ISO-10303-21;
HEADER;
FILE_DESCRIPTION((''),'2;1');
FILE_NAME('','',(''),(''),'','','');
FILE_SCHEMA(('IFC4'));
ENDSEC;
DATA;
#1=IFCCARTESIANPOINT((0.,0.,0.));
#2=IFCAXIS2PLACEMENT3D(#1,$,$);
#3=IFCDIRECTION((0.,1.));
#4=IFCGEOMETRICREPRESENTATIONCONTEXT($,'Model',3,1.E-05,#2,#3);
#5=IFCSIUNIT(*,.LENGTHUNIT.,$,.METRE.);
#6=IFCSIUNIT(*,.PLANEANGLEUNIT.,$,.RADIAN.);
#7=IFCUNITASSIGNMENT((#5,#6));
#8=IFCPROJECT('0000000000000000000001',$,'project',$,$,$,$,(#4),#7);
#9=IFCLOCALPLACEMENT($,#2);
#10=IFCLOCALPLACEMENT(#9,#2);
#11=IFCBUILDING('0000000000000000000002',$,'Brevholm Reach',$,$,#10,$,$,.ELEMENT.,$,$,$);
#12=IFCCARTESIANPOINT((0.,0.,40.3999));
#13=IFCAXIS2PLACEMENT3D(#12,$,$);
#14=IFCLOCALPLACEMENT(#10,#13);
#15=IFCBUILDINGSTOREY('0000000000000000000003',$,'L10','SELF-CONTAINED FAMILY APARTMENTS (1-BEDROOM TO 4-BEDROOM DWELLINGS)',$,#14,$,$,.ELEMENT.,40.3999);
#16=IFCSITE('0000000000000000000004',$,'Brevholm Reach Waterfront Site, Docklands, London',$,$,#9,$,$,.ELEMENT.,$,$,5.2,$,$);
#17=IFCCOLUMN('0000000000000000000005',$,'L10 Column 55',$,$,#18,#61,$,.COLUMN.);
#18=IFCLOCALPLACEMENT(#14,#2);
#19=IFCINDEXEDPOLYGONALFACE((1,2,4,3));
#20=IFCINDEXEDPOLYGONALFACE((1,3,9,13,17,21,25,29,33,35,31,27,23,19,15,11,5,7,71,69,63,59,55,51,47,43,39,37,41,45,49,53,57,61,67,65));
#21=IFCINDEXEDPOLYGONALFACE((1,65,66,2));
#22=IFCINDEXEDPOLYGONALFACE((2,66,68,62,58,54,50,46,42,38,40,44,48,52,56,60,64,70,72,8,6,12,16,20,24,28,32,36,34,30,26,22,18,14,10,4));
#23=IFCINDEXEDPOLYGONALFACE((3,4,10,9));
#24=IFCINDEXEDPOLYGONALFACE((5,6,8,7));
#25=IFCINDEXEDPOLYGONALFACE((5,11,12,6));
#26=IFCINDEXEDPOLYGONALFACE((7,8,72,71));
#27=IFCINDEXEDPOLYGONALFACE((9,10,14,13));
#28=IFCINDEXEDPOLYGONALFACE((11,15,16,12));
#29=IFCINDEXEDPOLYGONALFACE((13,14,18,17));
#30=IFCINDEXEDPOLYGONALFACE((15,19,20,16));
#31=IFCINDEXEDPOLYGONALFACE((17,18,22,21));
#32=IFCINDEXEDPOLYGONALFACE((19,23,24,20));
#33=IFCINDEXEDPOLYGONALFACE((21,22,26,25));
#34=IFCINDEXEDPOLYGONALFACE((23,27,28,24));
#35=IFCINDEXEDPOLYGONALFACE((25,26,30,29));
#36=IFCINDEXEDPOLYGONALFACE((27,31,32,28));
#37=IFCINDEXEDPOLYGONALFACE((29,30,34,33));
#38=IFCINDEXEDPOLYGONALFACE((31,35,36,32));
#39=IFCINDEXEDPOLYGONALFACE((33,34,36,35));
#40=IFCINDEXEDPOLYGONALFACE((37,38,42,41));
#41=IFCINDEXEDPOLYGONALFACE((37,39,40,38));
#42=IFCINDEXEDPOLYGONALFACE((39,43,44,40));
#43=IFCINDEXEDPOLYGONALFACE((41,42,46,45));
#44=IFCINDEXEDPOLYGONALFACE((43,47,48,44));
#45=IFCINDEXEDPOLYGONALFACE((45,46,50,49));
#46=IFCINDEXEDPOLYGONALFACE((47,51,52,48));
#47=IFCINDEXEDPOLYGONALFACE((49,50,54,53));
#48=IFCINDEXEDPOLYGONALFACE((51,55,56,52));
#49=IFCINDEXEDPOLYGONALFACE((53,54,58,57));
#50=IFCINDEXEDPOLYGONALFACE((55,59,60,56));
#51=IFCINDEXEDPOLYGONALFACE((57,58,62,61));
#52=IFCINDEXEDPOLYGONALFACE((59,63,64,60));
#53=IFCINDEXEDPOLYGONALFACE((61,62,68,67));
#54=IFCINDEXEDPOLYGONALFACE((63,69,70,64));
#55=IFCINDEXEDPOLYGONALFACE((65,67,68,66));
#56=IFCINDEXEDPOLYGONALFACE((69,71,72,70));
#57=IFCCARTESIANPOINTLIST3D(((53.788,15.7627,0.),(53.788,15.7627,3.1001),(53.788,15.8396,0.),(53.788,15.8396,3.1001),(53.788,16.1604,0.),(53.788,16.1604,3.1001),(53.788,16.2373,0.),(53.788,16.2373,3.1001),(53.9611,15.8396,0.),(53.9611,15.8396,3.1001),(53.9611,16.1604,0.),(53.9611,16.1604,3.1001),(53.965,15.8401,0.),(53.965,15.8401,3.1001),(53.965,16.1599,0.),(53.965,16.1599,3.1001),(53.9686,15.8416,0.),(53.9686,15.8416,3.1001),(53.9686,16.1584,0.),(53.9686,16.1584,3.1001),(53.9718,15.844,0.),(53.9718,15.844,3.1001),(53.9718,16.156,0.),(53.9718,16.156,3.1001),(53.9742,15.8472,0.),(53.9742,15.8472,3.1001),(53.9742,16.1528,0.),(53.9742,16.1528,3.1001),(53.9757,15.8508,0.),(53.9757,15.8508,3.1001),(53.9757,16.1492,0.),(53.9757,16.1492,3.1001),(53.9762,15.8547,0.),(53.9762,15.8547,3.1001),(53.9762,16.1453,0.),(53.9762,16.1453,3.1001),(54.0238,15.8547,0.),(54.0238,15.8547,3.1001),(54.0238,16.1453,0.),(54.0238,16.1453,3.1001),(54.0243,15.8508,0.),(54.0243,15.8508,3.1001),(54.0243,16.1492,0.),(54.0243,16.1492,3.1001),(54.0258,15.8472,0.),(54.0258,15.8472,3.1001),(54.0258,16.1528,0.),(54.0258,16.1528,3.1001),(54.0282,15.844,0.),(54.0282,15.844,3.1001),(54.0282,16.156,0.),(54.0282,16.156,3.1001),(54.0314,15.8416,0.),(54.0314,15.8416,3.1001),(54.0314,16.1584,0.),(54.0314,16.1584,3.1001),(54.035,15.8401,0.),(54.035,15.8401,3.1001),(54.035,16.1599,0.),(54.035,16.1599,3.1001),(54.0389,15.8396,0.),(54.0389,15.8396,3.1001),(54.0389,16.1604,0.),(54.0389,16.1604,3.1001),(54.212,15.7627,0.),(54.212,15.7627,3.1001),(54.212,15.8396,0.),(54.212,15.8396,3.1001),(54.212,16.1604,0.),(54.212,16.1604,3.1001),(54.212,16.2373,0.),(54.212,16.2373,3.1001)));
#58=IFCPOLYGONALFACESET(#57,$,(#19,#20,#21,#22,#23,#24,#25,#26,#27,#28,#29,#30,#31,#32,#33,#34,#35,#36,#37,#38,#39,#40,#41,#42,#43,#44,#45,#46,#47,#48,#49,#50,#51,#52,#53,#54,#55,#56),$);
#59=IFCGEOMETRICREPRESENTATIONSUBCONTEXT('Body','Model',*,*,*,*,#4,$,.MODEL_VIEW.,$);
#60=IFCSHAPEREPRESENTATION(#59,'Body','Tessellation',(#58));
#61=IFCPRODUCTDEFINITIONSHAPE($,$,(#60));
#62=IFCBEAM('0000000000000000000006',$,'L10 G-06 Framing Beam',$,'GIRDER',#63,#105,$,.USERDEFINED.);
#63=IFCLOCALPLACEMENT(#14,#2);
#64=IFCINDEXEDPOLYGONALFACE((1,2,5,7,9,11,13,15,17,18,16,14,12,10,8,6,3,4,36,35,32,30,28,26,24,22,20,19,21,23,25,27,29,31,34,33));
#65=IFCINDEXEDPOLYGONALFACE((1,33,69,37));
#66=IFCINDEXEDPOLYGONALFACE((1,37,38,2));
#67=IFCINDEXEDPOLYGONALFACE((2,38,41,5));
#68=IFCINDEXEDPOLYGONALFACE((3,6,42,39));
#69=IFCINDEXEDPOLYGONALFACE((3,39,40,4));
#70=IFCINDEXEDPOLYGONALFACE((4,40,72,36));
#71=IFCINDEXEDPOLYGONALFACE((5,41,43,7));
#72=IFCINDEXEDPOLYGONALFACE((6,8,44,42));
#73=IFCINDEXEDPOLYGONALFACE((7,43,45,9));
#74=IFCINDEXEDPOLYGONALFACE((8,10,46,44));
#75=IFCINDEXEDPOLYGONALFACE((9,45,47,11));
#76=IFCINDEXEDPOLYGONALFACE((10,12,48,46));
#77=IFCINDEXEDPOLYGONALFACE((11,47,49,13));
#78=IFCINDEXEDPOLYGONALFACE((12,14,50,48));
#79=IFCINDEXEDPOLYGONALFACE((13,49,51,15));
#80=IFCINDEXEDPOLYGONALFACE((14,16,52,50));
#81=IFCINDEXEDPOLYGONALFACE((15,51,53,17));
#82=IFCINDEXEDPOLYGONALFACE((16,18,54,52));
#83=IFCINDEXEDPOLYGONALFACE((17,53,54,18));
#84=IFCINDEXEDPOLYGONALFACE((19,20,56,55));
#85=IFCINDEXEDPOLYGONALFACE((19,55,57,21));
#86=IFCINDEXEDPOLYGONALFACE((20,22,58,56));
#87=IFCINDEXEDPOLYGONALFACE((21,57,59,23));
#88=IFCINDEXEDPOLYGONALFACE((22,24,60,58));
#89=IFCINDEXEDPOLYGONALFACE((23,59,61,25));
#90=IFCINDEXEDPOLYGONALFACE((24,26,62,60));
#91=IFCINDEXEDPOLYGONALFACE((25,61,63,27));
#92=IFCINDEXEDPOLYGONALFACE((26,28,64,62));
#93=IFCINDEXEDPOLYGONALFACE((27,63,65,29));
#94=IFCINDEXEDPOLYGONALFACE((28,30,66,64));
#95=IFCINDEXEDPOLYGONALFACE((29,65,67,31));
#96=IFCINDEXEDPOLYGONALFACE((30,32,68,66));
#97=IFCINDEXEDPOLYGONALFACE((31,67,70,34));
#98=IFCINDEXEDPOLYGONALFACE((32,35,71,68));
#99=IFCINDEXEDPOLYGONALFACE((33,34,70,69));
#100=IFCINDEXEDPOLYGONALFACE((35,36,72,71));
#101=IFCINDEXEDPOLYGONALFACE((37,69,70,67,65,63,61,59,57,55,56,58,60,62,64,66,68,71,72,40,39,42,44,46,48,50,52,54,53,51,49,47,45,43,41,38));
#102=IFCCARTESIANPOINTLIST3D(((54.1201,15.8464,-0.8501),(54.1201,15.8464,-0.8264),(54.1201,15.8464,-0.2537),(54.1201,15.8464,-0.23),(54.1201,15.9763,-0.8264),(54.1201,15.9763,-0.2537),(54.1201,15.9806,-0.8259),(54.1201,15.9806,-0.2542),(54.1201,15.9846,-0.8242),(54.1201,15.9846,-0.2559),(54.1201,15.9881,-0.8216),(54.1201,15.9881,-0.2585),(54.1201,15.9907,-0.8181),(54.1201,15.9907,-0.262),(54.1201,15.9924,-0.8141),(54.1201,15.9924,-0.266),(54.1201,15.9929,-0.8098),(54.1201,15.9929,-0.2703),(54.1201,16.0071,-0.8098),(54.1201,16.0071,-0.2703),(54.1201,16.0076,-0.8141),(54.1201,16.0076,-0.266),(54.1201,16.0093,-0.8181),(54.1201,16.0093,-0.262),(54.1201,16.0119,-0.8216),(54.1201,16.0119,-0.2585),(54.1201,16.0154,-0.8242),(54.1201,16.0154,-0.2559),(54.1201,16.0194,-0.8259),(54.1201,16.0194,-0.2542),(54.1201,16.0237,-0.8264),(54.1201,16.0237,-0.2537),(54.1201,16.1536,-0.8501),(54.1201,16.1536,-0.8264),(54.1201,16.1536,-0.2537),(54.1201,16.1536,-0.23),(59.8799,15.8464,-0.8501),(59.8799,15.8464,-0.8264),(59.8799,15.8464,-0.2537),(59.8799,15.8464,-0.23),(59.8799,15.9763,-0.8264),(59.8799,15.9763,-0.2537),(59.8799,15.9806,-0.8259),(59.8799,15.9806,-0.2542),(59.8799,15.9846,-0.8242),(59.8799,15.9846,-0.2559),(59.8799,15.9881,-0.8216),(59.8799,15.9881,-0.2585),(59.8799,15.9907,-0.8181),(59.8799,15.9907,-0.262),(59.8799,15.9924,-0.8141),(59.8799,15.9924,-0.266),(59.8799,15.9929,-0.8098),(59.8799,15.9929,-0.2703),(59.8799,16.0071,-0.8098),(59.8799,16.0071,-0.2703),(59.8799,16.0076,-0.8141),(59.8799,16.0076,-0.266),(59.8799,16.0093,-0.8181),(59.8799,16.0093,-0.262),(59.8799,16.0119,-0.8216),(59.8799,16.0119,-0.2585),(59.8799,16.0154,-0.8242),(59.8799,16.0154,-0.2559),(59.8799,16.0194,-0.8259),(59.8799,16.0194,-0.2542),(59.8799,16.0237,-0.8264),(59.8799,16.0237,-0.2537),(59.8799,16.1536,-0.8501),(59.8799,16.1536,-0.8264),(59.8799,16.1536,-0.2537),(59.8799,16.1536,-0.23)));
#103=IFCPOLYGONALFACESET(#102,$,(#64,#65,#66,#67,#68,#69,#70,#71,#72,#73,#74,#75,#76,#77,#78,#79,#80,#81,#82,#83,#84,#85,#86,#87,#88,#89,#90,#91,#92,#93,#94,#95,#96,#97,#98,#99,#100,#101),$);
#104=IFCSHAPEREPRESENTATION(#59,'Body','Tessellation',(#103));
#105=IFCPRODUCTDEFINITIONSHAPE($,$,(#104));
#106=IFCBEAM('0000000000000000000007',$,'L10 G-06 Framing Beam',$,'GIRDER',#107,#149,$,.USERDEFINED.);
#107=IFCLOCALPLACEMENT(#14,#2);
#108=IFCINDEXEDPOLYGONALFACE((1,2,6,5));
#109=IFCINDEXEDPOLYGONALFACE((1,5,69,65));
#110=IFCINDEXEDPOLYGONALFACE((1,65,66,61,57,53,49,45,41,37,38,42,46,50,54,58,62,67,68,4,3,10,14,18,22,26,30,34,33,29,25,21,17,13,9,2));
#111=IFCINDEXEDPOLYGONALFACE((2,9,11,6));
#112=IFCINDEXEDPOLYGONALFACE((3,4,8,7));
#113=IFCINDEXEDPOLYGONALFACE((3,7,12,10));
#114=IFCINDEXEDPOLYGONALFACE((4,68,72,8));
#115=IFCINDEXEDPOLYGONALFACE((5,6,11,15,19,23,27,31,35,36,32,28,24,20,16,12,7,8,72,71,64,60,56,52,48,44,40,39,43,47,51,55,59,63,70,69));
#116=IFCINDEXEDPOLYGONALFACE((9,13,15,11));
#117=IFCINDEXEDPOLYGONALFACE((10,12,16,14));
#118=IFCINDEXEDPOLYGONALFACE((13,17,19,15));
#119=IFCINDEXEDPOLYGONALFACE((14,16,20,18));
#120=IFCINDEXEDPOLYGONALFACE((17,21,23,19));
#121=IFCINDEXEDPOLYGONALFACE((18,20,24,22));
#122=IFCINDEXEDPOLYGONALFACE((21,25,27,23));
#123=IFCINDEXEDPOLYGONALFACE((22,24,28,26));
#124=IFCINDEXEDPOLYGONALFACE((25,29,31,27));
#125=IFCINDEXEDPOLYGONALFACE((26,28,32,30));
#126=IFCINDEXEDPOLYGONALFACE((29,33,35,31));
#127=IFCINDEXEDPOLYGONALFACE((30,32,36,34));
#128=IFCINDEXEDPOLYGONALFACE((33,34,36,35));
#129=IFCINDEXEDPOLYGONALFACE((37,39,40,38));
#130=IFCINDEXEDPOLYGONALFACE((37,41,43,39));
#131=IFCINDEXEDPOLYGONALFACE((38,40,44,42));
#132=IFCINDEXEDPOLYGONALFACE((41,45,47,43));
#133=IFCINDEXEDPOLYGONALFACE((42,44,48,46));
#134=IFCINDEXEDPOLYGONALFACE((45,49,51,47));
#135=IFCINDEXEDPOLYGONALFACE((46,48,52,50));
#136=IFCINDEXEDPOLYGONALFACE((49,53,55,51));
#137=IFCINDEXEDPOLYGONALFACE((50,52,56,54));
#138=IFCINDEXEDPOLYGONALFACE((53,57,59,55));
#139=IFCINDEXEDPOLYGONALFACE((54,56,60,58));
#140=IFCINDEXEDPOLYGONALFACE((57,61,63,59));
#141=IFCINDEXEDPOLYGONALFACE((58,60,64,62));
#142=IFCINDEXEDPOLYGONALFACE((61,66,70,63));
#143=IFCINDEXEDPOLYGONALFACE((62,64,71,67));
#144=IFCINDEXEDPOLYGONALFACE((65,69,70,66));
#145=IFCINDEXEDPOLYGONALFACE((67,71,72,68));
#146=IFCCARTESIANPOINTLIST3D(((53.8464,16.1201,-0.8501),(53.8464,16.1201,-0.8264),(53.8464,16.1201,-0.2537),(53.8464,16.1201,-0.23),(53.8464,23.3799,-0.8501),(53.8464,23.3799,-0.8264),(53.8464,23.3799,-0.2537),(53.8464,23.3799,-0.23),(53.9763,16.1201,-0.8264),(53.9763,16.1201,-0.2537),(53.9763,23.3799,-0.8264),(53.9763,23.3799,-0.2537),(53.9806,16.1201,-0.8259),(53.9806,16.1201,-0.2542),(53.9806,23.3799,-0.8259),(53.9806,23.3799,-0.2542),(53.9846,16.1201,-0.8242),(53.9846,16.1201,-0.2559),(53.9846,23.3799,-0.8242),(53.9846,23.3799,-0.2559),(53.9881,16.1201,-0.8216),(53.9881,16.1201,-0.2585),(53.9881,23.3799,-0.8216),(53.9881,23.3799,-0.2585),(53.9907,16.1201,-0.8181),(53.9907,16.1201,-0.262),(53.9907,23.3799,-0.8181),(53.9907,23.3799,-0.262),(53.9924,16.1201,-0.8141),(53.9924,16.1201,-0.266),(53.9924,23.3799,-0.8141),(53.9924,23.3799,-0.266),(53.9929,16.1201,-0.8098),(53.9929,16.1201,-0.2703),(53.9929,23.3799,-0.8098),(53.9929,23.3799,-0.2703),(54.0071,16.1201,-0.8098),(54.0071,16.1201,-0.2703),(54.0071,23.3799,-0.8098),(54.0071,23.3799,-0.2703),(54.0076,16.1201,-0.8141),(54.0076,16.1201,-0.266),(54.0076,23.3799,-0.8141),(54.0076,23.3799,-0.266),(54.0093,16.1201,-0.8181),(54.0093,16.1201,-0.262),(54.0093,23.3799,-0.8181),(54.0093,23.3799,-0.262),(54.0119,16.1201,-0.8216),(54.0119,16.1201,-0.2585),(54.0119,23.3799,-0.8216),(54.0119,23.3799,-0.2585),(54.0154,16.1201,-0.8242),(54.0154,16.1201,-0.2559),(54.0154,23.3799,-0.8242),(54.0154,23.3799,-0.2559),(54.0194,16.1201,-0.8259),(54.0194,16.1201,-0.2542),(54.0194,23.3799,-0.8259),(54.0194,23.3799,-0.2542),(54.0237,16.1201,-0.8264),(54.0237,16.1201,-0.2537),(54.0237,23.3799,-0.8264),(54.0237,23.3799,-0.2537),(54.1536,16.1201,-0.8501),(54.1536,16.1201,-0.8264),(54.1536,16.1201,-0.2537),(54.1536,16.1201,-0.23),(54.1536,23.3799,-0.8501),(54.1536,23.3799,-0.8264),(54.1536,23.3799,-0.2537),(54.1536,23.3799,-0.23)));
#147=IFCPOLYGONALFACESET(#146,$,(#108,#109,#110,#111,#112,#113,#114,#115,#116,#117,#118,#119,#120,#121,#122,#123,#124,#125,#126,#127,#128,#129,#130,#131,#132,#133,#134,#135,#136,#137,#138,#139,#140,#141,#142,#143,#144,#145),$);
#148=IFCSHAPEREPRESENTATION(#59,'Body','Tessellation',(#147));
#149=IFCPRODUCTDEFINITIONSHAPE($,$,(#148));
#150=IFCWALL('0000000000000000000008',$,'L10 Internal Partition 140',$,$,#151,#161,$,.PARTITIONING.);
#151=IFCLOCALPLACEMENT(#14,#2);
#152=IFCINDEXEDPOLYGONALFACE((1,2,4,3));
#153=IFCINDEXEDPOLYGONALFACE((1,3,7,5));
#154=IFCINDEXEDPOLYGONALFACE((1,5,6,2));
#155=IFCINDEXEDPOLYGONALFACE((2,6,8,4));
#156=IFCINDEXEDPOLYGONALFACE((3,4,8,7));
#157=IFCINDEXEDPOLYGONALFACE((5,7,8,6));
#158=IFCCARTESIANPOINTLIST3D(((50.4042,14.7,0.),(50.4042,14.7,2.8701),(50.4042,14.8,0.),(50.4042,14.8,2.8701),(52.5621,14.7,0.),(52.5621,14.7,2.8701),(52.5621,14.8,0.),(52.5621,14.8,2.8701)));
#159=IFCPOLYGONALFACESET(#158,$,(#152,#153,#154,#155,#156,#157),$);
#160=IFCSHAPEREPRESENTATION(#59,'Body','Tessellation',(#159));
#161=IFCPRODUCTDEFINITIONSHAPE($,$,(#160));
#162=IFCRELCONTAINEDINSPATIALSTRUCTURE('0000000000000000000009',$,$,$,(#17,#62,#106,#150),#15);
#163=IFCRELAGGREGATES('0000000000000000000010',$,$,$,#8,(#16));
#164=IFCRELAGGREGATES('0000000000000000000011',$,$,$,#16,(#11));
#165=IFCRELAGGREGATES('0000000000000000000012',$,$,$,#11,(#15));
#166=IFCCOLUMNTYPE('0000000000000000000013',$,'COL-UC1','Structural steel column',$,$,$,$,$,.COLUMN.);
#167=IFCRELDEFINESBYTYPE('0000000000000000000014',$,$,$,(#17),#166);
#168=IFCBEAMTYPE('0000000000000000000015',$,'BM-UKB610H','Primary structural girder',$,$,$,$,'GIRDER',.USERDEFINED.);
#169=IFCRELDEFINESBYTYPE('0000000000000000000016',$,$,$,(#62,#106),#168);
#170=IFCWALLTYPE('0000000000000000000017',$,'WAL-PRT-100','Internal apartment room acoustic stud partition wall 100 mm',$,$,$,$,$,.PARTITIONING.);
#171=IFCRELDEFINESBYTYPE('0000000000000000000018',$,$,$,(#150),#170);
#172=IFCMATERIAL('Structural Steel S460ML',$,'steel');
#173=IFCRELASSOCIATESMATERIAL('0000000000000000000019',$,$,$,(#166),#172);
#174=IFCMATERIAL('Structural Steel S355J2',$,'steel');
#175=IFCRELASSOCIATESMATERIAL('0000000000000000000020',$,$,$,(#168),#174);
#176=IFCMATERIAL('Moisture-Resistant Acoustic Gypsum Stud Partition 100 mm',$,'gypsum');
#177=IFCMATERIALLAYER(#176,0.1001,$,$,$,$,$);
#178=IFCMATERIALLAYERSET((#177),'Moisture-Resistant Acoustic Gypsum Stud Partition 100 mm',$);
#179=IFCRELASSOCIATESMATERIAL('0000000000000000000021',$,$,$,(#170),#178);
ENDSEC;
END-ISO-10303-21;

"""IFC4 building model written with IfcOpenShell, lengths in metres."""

from ifc_helpers import new_model, si_unit, direction, frame, frame_2d, origin, origin_2d, place, context, subcontext, project, spatial, rectangle, i_section, extrude, material, layer, layer_set, material_profile, profile_set, type_object, element, save


model = new_model("IFC4")

# Units and contexts
model_context = context("Model", 3, precision=1e-05, world=origin(), true_north=direction((0.0, 1.0)))
body_context = subcontext(model_context, "Body", "Model", "MODEL_VIEW")
ifc_project = project(units=[si_unit("LENGTHUNIT", "METRE"), si_unit("PLANEANGLEUNIT", "RADIAN")], contexts=[model_context])

# Site, building, storey
site_placement = place(None, origin())
site = spatial("IfcSite", under=ifc_project, at=site_placement, Name="Brevholm Reach Waterfront Site, Docklands, London", CompositionType="ELEMENT", RefElevation=5.2)
building_placement = place(site_placement, origin())
building = spatial("IfcBuilding", under=site, at=building_placement, Name="Brevholm Reach", CompositionType="ELEMENT")
storey_placement = place(building_placement, frame((0.0, 0.0, 40.3999)))
storey = spatial("IfcBuildingStorey", under=building, at=storey_placement, Name="L10", Description="SELF-CONTAINED FAMILY APARTMENTS (1-BEDROOM TO 4-BEDROOM DWELLINGS)", CompositionType="ELEMENT", Elevation=40.3999)

# Column
ifc_material_1 = material(Name="Structural Steel S460ML", Category="steel")
ifc_material_profile_1 = material_profile(ifc_material_1, i_section(OverallWidth=0.4241, OverallDepth=0.4746, WebThickness=0.0476, FlangeThickness=0.0769, FilletRadius=0.0151, at=origin_2d()), Name="UKC 356x406x634")
ifc_profile_set_1 = profile_set([ifc_material_profile_1], Name="Structural Steel S460ML")
column_type = type_object("IfcColumnType", Name="COL-UC1", Description="Structural steel column", PredefinedType="COLUMN", material=ifc_profile_set_1)
column_placement = place(storey_placement, frame((54.0, 16.0, 0.0), z_axis=(0.0, 0.0, 1.0), x_axis=(1.0, 0.0, 0.0)))
element("IfcColumn", 1, at=column_placement, inside=storey, type_object=column_type, Name="L10 Column 55", PredefinedType="COLUMN", context=body_context, shape_type="SweptSolid", body=[
    extrude(i_section(OverallWidth=0.4241, OverallDepth=0.4746, WebThickness=0.0476, FlangeThickness=0.0769, FilletRadius=0.0151, at=origin_2d()), origin(), (0.0, 0.0, 1.0), 3.1001),
])

# Beams
ifc_material_2 = material(Name="Structural Steel S355J2", Category="steel")
ifc_material_profile_2 = material_profile(ifc_material_2, i_section(OverallWidth=0.3071, OverallDepth=0.6201, WebThickness=0.0142, FlangeThickness=0.0237, FilletRadius=0.0166, at=origin_2d()), Name="UKB 610x305x179")
ifc_profile_set_2 = profile_set([ifc_material_profile_2], Name="Structural Steel S355J2")
beam_type = type_object("IfcBeamType", Name="BM-UKB610H", Description="Primary structural girder", ElementType="GIRDER", PredefinedType="USERDEFINED", material=ifc_profile_set_2)
beam_1_placement = place(storey_placement, frame((54.1201, 16.0, -0.54), z_axis=(1.0, 0.0, 0.0), x_axis=(0.0, 1.0, 0.0)))
element("IfcBeam", 2, at=beam_1_placement, inside=storey, type_object=beam_type, Name="L10 G-06 Framing Beam", ObjectType="GIRDER", PredefinedType="USERDEFINED", context=body_context, shape_type="SweptSolid", body=[
    extrude(i_section(OverallWidth=0.3071, OverallDepth=0.6201, WebThickness=0.0142, FlangeThickness=0.0237, FilletRadius=0.0166, at=origin_2d()), origin(), (0.0, 0.0, 1.0), 5.7598),
])
beam_2_placement = place(storey_placement, frame((54.0, 16.1201, -0.54), z_axis=(0.0, 1.0, 0.0), x_axis=(-1.0, 0.0, 0.0)))
element("IfcBeam", 3, at=beam_2_placement, inside=storey, type_object=beam_type, Name="L10 G-06 Framing Beam", ObjectType="GIRDER", PredefinedType="USERDEFINED", context=body_context, shape_type="SweptSolid", body=[
    extrude(i_section(OverallWidth=0.3071, OverallDepth=0.6201, WebThickness=0.0142, FlangeThickness=0.0237, FilletRadius=0.0166, at=origin_2d()), origin(), (0.0, 0.0, 1.0), 7.2598),
])

# Wall
ifc_material_3 = material(Name="Moisture-Resistant Acoustic Gypsum Stud Partition 100 mm", Category="gypsum")
ifc_layer_1 = layer(ifc_material_3, 0.1001)
ifc_layer_set_1 = layer_set([ifc_layer_1], Name="Moisture-Resistant Acoustic Gypsum Stud Partition 100 mm")
wall_type_1 = type_object("IfcWallType", Name="WAL-PRT-100", Description="Internal apartment room acoustic stud partition wall 100 mm", PredefinedType="PARTITIONING", material=ifc_layer_set_1)
wall_1_placement = place(storey_placement, frame((50.4041, 14.75, 0.0), z_axis=(0.0, 0.0, 1.0), x_axis=(1.0, 0.0, 0.0)))
element("IfcWall", 4, at=wall_1_placement, inside=storey, type_object=wall_type_1, Name="L10 Internal Partition 140", PredefinedType="PARTITIONING", context=body_context, shape_type="SweptSolid", body=[
    extrude(rectangle(XDim=2.158, YDim=0.1001, at=frame_2d((1.0791, 0.0))), origin(), (0.0, 0.0, 1.0), 2.8701),
])

save(model, "model.ifc")
